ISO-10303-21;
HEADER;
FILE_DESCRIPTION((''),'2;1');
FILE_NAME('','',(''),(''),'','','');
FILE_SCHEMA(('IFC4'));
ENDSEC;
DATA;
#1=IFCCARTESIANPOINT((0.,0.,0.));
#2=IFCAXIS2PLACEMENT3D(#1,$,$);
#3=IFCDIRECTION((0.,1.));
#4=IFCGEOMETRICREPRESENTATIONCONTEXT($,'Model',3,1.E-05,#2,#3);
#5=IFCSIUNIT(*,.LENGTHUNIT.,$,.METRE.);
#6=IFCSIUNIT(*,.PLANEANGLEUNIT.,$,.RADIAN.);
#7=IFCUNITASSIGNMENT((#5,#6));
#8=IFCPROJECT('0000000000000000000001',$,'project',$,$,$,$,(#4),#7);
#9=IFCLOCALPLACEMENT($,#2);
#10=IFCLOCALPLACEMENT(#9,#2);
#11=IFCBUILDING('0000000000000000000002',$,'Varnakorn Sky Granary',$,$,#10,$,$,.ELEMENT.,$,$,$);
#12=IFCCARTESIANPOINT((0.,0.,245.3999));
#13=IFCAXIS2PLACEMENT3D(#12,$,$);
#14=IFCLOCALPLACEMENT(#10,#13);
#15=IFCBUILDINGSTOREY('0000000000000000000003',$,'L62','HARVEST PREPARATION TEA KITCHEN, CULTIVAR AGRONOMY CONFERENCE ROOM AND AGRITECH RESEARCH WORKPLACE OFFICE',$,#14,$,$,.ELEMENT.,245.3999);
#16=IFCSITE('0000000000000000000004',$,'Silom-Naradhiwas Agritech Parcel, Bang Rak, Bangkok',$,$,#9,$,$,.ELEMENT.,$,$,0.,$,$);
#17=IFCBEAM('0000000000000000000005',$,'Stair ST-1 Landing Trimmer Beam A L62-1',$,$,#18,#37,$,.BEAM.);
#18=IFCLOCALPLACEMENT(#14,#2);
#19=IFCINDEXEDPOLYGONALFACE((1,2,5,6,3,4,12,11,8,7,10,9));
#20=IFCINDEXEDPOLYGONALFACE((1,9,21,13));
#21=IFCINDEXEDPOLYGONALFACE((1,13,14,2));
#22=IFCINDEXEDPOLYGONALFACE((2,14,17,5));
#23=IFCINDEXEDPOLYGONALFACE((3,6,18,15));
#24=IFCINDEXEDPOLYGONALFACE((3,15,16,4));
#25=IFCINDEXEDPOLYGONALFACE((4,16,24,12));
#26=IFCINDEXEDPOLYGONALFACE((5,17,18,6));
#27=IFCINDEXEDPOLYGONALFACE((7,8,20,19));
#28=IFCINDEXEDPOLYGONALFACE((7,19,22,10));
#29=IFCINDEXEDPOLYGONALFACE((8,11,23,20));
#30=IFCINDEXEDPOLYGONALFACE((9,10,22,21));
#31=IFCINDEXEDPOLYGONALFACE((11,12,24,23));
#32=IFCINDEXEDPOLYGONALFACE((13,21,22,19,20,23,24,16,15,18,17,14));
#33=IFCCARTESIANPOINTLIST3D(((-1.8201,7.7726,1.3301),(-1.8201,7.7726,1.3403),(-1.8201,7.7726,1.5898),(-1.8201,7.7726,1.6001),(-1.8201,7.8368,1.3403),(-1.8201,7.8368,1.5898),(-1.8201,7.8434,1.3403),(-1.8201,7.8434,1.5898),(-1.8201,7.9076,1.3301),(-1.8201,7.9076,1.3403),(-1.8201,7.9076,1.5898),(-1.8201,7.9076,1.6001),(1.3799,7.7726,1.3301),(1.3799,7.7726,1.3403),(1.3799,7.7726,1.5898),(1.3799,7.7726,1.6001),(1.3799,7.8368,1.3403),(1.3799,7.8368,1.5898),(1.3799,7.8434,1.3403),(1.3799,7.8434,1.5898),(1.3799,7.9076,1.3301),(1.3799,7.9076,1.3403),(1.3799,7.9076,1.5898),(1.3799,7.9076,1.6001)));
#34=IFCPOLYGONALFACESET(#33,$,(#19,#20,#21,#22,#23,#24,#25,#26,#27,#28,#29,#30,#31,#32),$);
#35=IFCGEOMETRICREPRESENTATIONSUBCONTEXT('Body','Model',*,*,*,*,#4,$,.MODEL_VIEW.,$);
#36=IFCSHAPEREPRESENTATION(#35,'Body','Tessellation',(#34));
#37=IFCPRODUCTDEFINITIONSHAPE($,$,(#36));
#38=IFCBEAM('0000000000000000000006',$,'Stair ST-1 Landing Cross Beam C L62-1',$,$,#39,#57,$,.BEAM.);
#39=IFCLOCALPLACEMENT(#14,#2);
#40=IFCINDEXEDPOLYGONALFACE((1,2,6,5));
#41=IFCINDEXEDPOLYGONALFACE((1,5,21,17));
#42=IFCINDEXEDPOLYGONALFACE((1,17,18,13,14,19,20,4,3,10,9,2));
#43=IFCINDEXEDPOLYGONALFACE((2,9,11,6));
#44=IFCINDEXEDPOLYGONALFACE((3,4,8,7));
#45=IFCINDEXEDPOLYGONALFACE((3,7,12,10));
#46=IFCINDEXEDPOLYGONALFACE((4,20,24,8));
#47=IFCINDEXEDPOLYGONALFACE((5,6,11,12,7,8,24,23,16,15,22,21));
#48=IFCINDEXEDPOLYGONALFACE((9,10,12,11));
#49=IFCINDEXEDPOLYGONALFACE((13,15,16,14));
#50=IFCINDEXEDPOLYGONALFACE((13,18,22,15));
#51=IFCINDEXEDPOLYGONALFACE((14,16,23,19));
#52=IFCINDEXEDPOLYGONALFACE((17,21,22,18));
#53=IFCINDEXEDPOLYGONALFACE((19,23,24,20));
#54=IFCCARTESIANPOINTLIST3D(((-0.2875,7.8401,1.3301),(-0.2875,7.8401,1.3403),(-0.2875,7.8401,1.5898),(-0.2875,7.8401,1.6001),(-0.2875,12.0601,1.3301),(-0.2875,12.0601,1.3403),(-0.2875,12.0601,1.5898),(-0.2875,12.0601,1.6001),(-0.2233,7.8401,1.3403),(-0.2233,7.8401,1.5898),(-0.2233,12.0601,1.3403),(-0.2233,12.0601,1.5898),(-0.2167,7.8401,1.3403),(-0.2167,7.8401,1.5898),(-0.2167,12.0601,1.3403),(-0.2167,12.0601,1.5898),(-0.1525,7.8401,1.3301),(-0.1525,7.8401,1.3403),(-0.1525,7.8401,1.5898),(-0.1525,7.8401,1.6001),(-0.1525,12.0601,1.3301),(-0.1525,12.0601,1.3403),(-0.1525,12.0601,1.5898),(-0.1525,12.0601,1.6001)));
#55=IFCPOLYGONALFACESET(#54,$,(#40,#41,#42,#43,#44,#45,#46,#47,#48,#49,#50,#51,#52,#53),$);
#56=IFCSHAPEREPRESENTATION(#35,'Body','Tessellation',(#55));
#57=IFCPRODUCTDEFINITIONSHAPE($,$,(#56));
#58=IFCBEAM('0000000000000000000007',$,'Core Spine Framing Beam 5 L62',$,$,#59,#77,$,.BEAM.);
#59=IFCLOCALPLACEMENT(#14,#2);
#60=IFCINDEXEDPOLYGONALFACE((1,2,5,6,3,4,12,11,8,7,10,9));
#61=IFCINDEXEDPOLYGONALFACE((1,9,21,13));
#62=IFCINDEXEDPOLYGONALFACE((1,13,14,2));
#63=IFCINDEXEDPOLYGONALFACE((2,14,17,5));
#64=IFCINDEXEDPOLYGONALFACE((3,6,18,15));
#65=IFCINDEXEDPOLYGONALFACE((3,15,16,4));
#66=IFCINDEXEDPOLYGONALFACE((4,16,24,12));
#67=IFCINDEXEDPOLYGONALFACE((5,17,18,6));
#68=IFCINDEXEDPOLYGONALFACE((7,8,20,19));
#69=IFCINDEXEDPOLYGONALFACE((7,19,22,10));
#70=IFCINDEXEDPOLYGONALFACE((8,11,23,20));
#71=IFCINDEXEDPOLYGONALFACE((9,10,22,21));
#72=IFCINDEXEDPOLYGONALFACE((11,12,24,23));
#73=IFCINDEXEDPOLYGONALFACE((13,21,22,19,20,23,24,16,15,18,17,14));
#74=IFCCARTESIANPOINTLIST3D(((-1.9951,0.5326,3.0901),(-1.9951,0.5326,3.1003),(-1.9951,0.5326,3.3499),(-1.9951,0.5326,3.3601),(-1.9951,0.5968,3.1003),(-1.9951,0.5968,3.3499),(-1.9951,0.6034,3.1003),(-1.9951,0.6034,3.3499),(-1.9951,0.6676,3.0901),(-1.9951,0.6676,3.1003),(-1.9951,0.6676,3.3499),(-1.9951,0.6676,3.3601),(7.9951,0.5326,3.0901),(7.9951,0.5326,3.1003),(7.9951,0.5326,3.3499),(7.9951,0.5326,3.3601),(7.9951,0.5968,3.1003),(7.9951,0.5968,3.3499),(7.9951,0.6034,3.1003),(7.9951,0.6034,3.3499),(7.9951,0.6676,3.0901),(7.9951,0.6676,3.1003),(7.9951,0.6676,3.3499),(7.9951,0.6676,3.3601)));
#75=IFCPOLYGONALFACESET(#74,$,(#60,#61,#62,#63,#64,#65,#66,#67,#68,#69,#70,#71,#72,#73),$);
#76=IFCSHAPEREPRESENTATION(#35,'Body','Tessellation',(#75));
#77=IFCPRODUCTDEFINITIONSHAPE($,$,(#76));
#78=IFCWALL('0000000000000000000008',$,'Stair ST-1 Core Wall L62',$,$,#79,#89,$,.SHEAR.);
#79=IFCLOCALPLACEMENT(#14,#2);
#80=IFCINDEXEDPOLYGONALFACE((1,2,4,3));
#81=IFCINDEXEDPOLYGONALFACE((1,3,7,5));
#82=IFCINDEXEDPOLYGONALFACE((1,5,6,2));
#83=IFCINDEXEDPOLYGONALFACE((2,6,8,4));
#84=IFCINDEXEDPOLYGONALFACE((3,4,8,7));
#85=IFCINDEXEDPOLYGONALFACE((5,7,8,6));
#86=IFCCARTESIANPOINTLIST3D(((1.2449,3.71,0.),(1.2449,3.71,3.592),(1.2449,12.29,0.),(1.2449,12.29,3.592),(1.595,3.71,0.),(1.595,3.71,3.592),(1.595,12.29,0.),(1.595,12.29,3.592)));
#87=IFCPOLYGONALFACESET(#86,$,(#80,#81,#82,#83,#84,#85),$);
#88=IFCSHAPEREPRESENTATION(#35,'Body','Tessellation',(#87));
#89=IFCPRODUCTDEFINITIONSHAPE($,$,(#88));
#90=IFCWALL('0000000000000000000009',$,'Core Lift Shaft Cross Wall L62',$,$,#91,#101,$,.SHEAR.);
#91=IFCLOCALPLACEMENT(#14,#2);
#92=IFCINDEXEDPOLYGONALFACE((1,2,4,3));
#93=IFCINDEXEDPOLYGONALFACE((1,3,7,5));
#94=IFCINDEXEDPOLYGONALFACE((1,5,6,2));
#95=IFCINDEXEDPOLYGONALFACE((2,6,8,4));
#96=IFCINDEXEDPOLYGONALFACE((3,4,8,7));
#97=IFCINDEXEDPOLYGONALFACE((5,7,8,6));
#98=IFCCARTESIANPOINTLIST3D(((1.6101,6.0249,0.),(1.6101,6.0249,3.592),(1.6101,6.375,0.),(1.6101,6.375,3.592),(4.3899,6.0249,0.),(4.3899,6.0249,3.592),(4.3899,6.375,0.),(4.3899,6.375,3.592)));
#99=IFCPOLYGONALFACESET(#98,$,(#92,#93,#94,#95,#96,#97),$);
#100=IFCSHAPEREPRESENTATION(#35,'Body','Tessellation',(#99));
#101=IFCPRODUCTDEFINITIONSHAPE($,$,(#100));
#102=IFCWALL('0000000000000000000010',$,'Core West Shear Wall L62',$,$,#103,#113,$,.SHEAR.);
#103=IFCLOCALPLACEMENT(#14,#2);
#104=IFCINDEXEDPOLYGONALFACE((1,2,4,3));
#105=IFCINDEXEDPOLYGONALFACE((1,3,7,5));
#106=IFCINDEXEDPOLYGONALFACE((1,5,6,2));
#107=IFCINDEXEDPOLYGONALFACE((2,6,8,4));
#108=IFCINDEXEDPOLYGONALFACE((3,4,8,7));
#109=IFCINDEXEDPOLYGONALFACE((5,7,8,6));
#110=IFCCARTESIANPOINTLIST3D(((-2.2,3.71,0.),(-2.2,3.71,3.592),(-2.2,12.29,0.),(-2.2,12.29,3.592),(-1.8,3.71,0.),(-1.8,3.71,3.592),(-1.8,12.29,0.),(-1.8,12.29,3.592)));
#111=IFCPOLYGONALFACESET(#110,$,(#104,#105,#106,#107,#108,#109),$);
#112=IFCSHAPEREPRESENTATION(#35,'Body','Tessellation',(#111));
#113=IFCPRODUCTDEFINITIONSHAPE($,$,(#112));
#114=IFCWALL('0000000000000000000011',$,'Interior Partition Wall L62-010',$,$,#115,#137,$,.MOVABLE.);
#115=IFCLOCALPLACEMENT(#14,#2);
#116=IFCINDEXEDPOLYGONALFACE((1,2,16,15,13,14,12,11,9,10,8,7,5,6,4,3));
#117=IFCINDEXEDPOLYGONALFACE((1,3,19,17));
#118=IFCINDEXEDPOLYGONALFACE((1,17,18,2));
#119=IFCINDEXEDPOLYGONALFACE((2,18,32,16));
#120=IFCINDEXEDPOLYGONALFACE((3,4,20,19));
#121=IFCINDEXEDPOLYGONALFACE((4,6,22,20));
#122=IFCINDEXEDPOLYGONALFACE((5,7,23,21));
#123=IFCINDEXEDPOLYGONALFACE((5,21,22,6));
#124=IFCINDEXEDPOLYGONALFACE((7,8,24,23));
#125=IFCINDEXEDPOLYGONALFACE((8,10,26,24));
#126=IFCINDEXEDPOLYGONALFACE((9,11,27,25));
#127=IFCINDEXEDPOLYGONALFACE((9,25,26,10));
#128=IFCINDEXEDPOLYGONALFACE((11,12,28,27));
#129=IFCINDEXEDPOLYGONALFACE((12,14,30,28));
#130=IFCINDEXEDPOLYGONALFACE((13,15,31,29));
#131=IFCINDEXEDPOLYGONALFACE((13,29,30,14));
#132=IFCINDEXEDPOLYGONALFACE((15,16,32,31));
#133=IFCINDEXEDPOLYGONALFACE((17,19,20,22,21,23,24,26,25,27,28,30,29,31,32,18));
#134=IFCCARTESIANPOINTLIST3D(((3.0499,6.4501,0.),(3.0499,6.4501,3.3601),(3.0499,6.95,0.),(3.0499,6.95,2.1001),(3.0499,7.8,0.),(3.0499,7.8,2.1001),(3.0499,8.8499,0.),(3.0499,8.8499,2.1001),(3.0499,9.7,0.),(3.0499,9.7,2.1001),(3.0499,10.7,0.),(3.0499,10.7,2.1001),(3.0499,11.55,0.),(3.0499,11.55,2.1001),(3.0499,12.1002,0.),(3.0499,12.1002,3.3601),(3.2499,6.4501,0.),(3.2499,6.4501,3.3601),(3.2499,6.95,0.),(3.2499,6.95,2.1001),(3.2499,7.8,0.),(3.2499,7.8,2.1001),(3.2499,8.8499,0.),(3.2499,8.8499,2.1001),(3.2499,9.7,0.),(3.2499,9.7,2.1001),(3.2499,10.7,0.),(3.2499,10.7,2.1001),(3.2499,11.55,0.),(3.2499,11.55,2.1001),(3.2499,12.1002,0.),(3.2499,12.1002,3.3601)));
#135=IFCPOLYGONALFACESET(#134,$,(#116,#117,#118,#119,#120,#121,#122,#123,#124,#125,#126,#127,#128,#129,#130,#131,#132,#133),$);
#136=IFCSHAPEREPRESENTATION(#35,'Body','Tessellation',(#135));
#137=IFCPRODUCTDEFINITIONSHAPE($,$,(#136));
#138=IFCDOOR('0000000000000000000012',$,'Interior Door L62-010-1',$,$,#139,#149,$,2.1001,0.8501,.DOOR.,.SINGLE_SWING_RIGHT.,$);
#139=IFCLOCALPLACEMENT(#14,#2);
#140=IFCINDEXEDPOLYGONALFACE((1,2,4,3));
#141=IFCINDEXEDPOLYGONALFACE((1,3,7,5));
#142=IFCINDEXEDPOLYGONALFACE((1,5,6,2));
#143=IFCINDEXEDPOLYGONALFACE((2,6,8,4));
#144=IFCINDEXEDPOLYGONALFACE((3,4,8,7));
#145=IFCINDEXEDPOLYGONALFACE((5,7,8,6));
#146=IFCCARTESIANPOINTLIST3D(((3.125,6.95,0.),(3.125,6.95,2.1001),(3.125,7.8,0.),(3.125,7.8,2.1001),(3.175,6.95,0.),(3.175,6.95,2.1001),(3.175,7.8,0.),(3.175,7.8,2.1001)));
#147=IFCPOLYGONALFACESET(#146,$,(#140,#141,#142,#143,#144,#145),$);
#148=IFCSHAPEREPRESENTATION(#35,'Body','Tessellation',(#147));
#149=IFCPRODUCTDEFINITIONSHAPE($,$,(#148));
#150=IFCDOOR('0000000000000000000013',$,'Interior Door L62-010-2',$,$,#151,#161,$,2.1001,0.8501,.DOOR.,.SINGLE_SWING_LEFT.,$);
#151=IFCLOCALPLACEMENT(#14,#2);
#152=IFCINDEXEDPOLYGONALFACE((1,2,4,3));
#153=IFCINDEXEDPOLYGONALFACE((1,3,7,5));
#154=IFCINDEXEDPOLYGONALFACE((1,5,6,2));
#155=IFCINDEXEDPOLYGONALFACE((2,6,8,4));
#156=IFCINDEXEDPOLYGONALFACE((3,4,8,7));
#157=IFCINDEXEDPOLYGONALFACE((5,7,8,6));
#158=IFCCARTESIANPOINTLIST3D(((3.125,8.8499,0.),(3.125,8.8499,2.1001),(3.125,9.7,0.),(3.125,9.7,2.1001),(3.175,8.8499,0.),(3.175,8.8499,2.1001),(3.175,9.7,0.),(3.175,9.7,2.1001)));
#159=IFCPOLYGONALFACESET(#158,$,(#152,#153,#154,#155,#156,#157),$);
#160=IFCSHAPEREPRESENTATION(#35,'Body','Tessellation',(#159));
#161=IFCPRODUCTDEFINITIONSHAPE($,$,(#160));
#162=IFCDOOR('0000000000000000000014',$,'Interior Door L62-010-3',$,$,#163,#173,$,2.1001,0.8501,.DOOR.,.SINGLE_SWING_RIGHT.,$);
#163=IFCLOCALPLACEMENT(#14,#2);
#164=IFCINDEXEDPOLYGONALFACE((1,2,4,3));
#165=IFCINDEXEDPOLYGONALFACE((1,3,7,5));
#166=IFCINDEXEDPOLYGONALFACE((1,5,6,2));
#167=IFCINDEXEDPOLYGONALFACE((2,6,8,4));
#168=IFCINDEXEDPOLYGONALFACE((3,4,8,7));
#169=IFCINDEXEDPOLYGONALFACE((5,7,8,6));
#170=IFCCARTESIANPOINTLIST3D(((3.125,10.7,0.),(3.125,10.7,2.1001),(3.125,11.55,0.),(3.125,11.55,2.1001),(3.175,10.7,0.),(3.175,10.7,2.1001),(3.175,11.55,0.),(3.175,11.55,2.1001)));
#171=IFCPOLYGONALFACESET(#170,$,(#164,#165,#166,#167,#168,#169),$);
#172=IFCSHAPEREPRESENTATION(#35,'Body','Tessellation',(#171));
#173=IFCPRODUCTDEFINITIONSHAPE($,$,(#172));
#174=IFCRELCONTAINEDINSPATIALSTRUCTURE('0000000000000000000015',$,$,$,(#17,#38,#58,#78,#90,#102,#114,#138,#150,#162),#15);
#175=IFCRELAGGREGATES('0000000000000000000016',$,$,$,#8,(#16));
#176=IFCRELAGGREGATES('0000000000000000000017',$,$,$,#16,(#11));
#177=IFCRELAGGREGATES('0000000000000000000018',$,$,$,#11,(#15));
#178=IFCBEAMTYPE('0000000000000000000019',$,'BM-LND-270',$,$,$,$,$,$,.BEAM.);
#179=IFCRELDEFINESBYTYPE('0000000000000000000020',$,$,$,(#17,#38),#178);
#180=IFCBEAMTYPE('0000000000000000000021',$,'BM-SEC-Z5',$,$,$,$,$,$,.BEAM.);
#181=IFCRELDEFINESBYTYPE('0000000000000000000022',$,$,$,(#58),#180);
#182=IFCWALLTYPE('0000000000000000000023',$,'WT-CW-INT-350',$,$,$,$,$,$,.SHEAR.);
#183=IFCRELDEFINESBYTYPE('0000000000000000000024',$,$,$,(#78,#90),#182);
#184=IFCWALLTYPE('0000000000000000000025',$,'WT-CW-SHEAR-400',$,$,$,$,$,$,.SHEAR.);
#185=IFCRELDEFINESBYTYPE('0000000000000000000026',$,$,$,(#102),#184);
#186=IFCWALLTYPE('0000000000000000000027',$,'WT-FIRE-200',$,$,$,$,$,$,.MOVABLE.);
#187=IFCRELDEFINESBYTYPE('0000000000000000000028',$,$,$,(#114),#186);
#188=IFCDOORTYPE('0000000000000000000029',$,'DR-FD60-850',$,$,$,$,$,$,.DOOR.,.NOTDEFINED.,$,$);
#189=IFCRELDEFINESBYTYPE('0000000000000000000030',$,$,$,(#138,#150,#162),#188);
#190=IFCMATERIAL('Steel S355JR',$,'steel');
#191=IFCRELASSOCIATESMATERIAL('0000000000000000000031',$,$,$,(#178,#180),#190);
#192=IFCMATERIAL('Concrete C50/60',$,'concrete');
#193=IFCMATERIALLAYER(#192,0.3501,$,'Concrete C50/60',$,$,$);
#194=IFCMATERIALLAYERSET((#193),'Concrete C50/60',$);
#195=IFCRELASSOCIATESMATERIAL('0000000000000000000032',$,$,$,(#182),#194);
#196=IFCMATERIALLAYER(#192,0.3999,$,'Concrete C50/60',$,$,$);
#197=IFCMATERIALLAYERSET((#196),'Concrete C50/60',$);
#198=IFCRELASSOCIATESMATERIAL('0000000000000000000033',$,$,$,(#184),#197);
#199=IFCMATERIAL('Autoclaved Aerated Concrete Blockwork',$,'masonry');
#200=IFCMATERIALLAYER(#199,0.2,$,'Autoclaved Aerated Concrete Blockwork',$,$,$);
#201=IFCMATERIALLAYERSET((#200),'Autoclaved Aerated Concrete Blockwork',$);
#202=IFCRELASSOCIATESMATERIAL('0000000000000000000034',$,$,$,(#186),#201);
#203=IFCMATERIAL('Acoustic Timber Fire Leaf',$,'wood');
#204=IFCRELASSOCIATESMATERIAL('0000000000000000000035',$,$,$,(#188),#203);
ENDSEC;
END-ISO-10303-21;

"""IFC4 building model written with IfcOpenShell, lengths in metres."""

from ifc_helpers import new_model, si_unit, direction, frame, frame_2d, origin, origin_2d, place, context, subcontext, project, spatial, rectangle, i_section, extrude, material, layer, layer_set, material_profile, profile_set, type_object, element, fill, save


model = new_model("IFC4")

# Units and contexts
model_context = context("Model", 3, precision=1e-05, world=origin(), true_north=direction((0.0, 1.0)))
body_context = subcontext(model_context, "Body", "Model", "MODEL_VIEW")
ifc_project = project(units=[si_unit("LENGTHUNIT", "METRE"), si_unit("PLANEANGLEUNIT", "RADIAN")], contexts=[model_context])

# Site, building, storey
site_placement = place(None, origin())
site = spatial("IfcSite", under=ifc_project, at=site_placement, Name="Silom-Naradhiwas Agritech Parcel, Bang Rak, Bangkok", CompositionType="ELEMENT", RefElevation=0.0)
building_placement = place(site_placement, origin())
building = spatial("IfcBuilding", under=site, at=building_placement, Name="Varnakorn Sky Granary", CompositionType="ELEMENT")
storey_placement = place(building_placement, frame((0.0, 0.0, 245.3999)))
storey = spatial("IfcBuildingStorey", under=building, at=storey_placement, Name="L62", Description="HARVEST PREPARATION TEA KITCHEN, CULTIVAR AGRONOMY CONFERENCE ROOM AND AGRITECH RESEARCH WORKPLACE OFFICE", CompositionType="ELEMENT", Elevation=245.3999)

# Beams
ifc_material_1 = material(Name="Steel S355JR", Category="steel")
ifc_material_profile_1 = material_profile(ifc_material_1, i_section(OverallWidth=0.135, OverallDepth=0.27, WebThickness=0.0066, FlangeThickness=0.0103, at=origin_2d()), Name="IPE 270")
ifc_profile_set_1 = profile_set([ifc_material_profile_1], Name="Steel S355JR")
beam_type_1 = type_object("IfcBeamType", Name="BM-LND-270", PredefinedType="BEAM", material=ifc_profile_set_1)
beam_1_placement = place(storey_placement, frame((-1.8201, 7.8401, 1.4651), z_axis=(1.0, 0.0, 0.0), x_axis=(0.0, 1.0, 0.0)))
element("IfcBeam", 1, at=beam_1_placement, inside=storey, type_object=beam_type_1, Name="Stair ST-1 Landing Trimmer Beam A L62-1", PredefinedType="BEAM", context=body_context, shape_type="SweptSolid", body=[
    extrude(i_section(OverallWidth=0.135, OverallDepth=0.27, WebThickness=0.0066, FlangeThickness=0.0103, at=origin_2d()), origin(), (0.0, 0.0, 1.0), 3.2),
])
beam_2_placement = place(storey_placement, frame((-0.22, 7.8401, 1.4651), z_axis=(0.0, 1.0, 0.0), x_axis=(-1.0, 0.0, 0.0)))
element("IfcBeam", 2, at=beam_2_placement, inside=storey, type_object=beam_type_1, Name="Stair ST-1 Landing Cross Beam C L62-1", PredefinedType="BEAM", context=body_context, shape_type="SweptSolid", body=[
    extrude(i_section(OverallWidth=0.135, OverallDepth=0.27, WebThickness=0.0066, FlangeThickness=0.0103, at=origin_2d()), origin(), (0.0, 0.0, 1.0), 4.22),
])
ifc_material_profile_2 = material_profile(ifc_material_1, i_section(OverallWidth=0.135, OverallDepth=0.27, WebThickness=0.0066, FlangeThickness=0.0103, at=origin_2d()), Name="IPE 270")
ifc_profile_set_2 = profile_set([ifc_material_profile_2], Name="Steel S355JR")
beam_type_2 = type_object("IfcBeamType", Name="BM-SEC-Z5", PredefinedType="BEAM", material=ifc_profile_set_2)
beam_3_placement = place(storey_placement, frame((-1.9951, 0.6001, 3.2251), z_axis=(1.0, 0.0, 0.0), x_axis=(0.0, 1.0, 0.0)))
element("IfcBeam", 3, at=beam_3_placement, inside=storey, type_object=beam_type_2, Name="Core Spine Framing Beam 5 L62", PredefinedType="BEAM", context=body_context, shape_type="SweptSolid", body=[
    extrude(i_section(OverallWidth=0.135, OverallDepth=0.27, WebThickness=0.0066, FlangeThickness=0.0103, at=origin_2d()), origin(), (0.0, 0.0, 1.0), 9.9902),
])

# Walls
ifc_material_2 = material(Name="Concrete C50/60", Category="concrete")
ifc_layer_1 = layer(ifc_material_2, 0.3501, Name="Concrete C50/60")
ifc_layer_set_1 = layer_set([ifc_layer_1], Name="Concrete C50/60")
wall_type_1 = type_object("IfcWallType", Name="WT-CW-INT-350", PredefinedType="SHEAR", material=ifc_layer_set_1)
wall_1_placement = place(storey_placement, frame((1.4199, 3.71, 0.0), z_axis=(0.0, 0.0, 1.0), x_axis=(0.0, 1.0, 0.0)))
element("IfcWall", 4, at=wall_1_placement, inside=storey, type_object=wall_type_1, Name="Stair ST-1 Core Wall L62", PredefinedType="SHEAR", context=body_context, shape_type="SweptSolid", body=[
    extrude(rectangle(XDim=8.5801, YDim=0.3501, at=frame_2d((4.29, 0.0))), origin(), (0.0, 0.0, 1.0), 3.592),
])
wall_2_placement = place(storey_placement, frame((1.6101, 6.2, 0.0), z_axis=(0.0, 0.0, 1.0), x_axis=(1.0, 0.0, 0.0)))
element("IfcWall", 5, at=wall_2_placement, inside=storey, type_object=wall_type_1, Name="Core Lift Shaft Cross Wall L62", PredefinedType="SHEAR", context=body_context, shape_type="SweptSolid", body=[
    extrude(rectangle(XDim=2.7798, YDim=0.3501, at=frame_2d((1.3899, 0.0))), origin(), (0.0, 0.0, 1.0), 3.592),
])

# Shared definitions
ifc_layer_2 = layer(ifc_material_2, 0.3999, Name="Concrete C50/60")
ifc_layer_set_2 = layer_set([ifc_layer_2], Name="Concrete C50/60")
wall_type_2 = type_object("IfcWallType", Name="WT-CW-SHEAR-400", PredefinedType="SHEAR", material=ifc_layer_set_2)

# Wall
wall_3_placement = place(storey_placement, frame((-2.0, 3.71, 0.0), z_axis=(0.0, 0.0, 1.0), x_axis=(0.0, 1.0, 0.0)))
element("IfcWall", 6, at=wall_3_placement, inside=storey, type_object=wall_type_2, Name="Core West Shear Wall L62", PredefinedType="SHEAR", context=body_context, shape_type="SweptSolid", body=[
    extrude(rectangle(XDim=8.5801, YDim=0.3999, at=frame_2d((4.29, 0.0))), origin(), (0.0, 0.0, 1.0), 3.592),
])

# Wall, openings, doors
ifc_material_3 = material(Name="Autoclaved Aerated Concrete Blockwork", Category="masonry")
ifc_layer_3 = layer(ifc_material_3, 0.2, Name="Autoclaved Aerated Concrete Blockwork")
ifc_layer_set_3 = layer_set([ifc_layer_3], Name="Autoclaved Aerated Concrete Blockwork")
wall_type_3 = type_object("IfcWallType", Name="WT-FIRE-200", PredefinedType="MOVABLE", material=ifc_layer_set_3)
wall_4_placement = place(storey_placement, frame((3.1499, 6.45, 0.0), z_axis=(0.0, 0.0, 1.0), x_axis=(0.0, 1.0, 0.0)))
wall_4 = element("IfcWall", 7, at=wall_4_placement, inside=storey, type_object=wall_type_3, Name="Interior Partition Wall L62-010", PredefinedType="MOVABLE", context=body_context, shape_type="SweptSolid", body=[
    extrude(rectangle(XDim=5.6501, YDim=0.2, at=frame_2d((2.8252, 0.0))), origin(), (0.0, 0.0, 1.0), 3.3601),
])
opening_1_placement = place(wall_4_placement, frame((0.5, 0.0, 0.0)))
opening_1 = element("IfcOpeningElement", 8, at=opening_1_placement, cuts=wall_4, PredefinedType="OPENING", context=body_context, shape_type="SweptSolid", body=[
    extrude(rectangle(XDim=0.8501, YDim=2.1001, at=frame_2d((0.425, 1.05))), frame((0.0, 0.1099, 0.0), z_axis=(0.0, -1.0, 0.0), x_axis=(1.0, 0.0, 0.0)), (0.0, 0.0, 1.0), 0.22),
])
opening_2_placement = place(wall_4_placement, frame((2.3999, 0.0, 0.0)))
opening_2 = element("IfcOpeningElement", 9, at=opening_2_placement, cuts=wall_4, PredefinedType="OPENING", context=body_context, shape_type="SweptSolid", body=[
    extrude(rectangle(XDim=0.8501, YDim=2.1001, at=frame_2d((0.425, 1.05))), frame((0.0, 0.1099, 0.0), z_axis=(0.0, -1.0, 0.0), x_axis=(1.0, 0.0, 0.0)), (0.0, 0.0, 1.0), 0.22),
])
opening_3_placement = place(wall_4_placement, frame((4.25, 0.0, 0.0)))
opening_3 = element("IfcOpeningElement", 10, at=opening_3_placement, cuts=wall_4, PredefinedType="OPENING", context=body_context, shape_type="SweptSolid", body=[
    extrude(rectangle(XDim=0.8501, YDim=2.1001, at=frame_2d((0.425, 1.05))), frame((0.0, 0.1099, 0.0), z_axis=(0.0, -1.0, 0.0), x_axis=(1.0, 0.0, 0.0)), (0.0, 0.0, 1.0), 0.22),
])
ifc_material_4 = material(Name="Acoustic Timber Fire Leaf", Category="wood")
door_type_1 = type_object("IfcDoorType", Name="DR-FD60-850", OperationType="NOTDEFINED", PredefinedType="DOOR", material=ifc_material_4)
door_1_placement = place(opening_1_placement, origin())
door_1 = element("IfcDoor", 11, at=door_1_placement, inside=storey, type_object=door_type_1, Name="Interior Door L62-010-1", OperationType="SINGLE_SWING_RIGHT", OverallHeight=2.1001, OverallWidth=0.8501, PredefinedType="DOOR", context=body_context, shape_type="SweptSolid", body=[
    extrude(rectangle(XDim=0.8501, YDim=2.1001, at=frame_2d((0.425, 1.05))), frame((0.0, 0.0249, 0.0), z_axis=(0.0, -1.0, 0.0), x_axis=(1.0, 0.0, 0.0)), (0.0, 0.0, 1.0), 0.05),
])
fill(opening_1, door_1)
door_2_placement = place(opening_2_placement, origin())
door_2 = element("IfcDoor", 12, at=door_2_placement, inside=storey, type_object=door_type_1, Name="Interior Door L62-010-2", OperationType="SINGLE_SWING_LEFT", OverallHeight=2.1001, OverallWidth=0.8501, PredefinedType="DOOR", context=body_context, shape_type="SweptSolid", body=[
    extrude(rectangle(XDim=0.8501, YDim=2.1001, at=frame_2d((0.425, 1.05))), frame((0.0, 0.0249, 0.0), z_axis=(0.0, -1.0, 0.0), x_axis=(1.0, 0.0, 0.0)), (0.0, 0.0, 1.0), 0.05),
])
fill(opening_2, door_2)
door_3_placement = place(opening_3_placement, origin())
door_3 = element("IfcDoor", 13, at=door_3_placement, inside=storey, type_object=door_type_1, Name="Interior Door L62-010-3", OperationType="SINGLE_SWING_RIGHT", OverallHeight=2.1001, OverallWidth=0.8501, PredefinedType="DOOR", context=body_context, shape_type="SweptSolid", body=[
    extrude(rectangle(XDim=0.8501, YDim=2.1001, at=frame_2d((0.425, 1.05))), frame((0.0, 0.0249, 0.0), z_axis=(0.0, -1.0, 0.0), x_axis=(1.0, 0.0, 0.0)), (0.0, 0.0, 1.0), 0.05),
])
fill(opening_3, door_3)

save(model, "model.ifc")
